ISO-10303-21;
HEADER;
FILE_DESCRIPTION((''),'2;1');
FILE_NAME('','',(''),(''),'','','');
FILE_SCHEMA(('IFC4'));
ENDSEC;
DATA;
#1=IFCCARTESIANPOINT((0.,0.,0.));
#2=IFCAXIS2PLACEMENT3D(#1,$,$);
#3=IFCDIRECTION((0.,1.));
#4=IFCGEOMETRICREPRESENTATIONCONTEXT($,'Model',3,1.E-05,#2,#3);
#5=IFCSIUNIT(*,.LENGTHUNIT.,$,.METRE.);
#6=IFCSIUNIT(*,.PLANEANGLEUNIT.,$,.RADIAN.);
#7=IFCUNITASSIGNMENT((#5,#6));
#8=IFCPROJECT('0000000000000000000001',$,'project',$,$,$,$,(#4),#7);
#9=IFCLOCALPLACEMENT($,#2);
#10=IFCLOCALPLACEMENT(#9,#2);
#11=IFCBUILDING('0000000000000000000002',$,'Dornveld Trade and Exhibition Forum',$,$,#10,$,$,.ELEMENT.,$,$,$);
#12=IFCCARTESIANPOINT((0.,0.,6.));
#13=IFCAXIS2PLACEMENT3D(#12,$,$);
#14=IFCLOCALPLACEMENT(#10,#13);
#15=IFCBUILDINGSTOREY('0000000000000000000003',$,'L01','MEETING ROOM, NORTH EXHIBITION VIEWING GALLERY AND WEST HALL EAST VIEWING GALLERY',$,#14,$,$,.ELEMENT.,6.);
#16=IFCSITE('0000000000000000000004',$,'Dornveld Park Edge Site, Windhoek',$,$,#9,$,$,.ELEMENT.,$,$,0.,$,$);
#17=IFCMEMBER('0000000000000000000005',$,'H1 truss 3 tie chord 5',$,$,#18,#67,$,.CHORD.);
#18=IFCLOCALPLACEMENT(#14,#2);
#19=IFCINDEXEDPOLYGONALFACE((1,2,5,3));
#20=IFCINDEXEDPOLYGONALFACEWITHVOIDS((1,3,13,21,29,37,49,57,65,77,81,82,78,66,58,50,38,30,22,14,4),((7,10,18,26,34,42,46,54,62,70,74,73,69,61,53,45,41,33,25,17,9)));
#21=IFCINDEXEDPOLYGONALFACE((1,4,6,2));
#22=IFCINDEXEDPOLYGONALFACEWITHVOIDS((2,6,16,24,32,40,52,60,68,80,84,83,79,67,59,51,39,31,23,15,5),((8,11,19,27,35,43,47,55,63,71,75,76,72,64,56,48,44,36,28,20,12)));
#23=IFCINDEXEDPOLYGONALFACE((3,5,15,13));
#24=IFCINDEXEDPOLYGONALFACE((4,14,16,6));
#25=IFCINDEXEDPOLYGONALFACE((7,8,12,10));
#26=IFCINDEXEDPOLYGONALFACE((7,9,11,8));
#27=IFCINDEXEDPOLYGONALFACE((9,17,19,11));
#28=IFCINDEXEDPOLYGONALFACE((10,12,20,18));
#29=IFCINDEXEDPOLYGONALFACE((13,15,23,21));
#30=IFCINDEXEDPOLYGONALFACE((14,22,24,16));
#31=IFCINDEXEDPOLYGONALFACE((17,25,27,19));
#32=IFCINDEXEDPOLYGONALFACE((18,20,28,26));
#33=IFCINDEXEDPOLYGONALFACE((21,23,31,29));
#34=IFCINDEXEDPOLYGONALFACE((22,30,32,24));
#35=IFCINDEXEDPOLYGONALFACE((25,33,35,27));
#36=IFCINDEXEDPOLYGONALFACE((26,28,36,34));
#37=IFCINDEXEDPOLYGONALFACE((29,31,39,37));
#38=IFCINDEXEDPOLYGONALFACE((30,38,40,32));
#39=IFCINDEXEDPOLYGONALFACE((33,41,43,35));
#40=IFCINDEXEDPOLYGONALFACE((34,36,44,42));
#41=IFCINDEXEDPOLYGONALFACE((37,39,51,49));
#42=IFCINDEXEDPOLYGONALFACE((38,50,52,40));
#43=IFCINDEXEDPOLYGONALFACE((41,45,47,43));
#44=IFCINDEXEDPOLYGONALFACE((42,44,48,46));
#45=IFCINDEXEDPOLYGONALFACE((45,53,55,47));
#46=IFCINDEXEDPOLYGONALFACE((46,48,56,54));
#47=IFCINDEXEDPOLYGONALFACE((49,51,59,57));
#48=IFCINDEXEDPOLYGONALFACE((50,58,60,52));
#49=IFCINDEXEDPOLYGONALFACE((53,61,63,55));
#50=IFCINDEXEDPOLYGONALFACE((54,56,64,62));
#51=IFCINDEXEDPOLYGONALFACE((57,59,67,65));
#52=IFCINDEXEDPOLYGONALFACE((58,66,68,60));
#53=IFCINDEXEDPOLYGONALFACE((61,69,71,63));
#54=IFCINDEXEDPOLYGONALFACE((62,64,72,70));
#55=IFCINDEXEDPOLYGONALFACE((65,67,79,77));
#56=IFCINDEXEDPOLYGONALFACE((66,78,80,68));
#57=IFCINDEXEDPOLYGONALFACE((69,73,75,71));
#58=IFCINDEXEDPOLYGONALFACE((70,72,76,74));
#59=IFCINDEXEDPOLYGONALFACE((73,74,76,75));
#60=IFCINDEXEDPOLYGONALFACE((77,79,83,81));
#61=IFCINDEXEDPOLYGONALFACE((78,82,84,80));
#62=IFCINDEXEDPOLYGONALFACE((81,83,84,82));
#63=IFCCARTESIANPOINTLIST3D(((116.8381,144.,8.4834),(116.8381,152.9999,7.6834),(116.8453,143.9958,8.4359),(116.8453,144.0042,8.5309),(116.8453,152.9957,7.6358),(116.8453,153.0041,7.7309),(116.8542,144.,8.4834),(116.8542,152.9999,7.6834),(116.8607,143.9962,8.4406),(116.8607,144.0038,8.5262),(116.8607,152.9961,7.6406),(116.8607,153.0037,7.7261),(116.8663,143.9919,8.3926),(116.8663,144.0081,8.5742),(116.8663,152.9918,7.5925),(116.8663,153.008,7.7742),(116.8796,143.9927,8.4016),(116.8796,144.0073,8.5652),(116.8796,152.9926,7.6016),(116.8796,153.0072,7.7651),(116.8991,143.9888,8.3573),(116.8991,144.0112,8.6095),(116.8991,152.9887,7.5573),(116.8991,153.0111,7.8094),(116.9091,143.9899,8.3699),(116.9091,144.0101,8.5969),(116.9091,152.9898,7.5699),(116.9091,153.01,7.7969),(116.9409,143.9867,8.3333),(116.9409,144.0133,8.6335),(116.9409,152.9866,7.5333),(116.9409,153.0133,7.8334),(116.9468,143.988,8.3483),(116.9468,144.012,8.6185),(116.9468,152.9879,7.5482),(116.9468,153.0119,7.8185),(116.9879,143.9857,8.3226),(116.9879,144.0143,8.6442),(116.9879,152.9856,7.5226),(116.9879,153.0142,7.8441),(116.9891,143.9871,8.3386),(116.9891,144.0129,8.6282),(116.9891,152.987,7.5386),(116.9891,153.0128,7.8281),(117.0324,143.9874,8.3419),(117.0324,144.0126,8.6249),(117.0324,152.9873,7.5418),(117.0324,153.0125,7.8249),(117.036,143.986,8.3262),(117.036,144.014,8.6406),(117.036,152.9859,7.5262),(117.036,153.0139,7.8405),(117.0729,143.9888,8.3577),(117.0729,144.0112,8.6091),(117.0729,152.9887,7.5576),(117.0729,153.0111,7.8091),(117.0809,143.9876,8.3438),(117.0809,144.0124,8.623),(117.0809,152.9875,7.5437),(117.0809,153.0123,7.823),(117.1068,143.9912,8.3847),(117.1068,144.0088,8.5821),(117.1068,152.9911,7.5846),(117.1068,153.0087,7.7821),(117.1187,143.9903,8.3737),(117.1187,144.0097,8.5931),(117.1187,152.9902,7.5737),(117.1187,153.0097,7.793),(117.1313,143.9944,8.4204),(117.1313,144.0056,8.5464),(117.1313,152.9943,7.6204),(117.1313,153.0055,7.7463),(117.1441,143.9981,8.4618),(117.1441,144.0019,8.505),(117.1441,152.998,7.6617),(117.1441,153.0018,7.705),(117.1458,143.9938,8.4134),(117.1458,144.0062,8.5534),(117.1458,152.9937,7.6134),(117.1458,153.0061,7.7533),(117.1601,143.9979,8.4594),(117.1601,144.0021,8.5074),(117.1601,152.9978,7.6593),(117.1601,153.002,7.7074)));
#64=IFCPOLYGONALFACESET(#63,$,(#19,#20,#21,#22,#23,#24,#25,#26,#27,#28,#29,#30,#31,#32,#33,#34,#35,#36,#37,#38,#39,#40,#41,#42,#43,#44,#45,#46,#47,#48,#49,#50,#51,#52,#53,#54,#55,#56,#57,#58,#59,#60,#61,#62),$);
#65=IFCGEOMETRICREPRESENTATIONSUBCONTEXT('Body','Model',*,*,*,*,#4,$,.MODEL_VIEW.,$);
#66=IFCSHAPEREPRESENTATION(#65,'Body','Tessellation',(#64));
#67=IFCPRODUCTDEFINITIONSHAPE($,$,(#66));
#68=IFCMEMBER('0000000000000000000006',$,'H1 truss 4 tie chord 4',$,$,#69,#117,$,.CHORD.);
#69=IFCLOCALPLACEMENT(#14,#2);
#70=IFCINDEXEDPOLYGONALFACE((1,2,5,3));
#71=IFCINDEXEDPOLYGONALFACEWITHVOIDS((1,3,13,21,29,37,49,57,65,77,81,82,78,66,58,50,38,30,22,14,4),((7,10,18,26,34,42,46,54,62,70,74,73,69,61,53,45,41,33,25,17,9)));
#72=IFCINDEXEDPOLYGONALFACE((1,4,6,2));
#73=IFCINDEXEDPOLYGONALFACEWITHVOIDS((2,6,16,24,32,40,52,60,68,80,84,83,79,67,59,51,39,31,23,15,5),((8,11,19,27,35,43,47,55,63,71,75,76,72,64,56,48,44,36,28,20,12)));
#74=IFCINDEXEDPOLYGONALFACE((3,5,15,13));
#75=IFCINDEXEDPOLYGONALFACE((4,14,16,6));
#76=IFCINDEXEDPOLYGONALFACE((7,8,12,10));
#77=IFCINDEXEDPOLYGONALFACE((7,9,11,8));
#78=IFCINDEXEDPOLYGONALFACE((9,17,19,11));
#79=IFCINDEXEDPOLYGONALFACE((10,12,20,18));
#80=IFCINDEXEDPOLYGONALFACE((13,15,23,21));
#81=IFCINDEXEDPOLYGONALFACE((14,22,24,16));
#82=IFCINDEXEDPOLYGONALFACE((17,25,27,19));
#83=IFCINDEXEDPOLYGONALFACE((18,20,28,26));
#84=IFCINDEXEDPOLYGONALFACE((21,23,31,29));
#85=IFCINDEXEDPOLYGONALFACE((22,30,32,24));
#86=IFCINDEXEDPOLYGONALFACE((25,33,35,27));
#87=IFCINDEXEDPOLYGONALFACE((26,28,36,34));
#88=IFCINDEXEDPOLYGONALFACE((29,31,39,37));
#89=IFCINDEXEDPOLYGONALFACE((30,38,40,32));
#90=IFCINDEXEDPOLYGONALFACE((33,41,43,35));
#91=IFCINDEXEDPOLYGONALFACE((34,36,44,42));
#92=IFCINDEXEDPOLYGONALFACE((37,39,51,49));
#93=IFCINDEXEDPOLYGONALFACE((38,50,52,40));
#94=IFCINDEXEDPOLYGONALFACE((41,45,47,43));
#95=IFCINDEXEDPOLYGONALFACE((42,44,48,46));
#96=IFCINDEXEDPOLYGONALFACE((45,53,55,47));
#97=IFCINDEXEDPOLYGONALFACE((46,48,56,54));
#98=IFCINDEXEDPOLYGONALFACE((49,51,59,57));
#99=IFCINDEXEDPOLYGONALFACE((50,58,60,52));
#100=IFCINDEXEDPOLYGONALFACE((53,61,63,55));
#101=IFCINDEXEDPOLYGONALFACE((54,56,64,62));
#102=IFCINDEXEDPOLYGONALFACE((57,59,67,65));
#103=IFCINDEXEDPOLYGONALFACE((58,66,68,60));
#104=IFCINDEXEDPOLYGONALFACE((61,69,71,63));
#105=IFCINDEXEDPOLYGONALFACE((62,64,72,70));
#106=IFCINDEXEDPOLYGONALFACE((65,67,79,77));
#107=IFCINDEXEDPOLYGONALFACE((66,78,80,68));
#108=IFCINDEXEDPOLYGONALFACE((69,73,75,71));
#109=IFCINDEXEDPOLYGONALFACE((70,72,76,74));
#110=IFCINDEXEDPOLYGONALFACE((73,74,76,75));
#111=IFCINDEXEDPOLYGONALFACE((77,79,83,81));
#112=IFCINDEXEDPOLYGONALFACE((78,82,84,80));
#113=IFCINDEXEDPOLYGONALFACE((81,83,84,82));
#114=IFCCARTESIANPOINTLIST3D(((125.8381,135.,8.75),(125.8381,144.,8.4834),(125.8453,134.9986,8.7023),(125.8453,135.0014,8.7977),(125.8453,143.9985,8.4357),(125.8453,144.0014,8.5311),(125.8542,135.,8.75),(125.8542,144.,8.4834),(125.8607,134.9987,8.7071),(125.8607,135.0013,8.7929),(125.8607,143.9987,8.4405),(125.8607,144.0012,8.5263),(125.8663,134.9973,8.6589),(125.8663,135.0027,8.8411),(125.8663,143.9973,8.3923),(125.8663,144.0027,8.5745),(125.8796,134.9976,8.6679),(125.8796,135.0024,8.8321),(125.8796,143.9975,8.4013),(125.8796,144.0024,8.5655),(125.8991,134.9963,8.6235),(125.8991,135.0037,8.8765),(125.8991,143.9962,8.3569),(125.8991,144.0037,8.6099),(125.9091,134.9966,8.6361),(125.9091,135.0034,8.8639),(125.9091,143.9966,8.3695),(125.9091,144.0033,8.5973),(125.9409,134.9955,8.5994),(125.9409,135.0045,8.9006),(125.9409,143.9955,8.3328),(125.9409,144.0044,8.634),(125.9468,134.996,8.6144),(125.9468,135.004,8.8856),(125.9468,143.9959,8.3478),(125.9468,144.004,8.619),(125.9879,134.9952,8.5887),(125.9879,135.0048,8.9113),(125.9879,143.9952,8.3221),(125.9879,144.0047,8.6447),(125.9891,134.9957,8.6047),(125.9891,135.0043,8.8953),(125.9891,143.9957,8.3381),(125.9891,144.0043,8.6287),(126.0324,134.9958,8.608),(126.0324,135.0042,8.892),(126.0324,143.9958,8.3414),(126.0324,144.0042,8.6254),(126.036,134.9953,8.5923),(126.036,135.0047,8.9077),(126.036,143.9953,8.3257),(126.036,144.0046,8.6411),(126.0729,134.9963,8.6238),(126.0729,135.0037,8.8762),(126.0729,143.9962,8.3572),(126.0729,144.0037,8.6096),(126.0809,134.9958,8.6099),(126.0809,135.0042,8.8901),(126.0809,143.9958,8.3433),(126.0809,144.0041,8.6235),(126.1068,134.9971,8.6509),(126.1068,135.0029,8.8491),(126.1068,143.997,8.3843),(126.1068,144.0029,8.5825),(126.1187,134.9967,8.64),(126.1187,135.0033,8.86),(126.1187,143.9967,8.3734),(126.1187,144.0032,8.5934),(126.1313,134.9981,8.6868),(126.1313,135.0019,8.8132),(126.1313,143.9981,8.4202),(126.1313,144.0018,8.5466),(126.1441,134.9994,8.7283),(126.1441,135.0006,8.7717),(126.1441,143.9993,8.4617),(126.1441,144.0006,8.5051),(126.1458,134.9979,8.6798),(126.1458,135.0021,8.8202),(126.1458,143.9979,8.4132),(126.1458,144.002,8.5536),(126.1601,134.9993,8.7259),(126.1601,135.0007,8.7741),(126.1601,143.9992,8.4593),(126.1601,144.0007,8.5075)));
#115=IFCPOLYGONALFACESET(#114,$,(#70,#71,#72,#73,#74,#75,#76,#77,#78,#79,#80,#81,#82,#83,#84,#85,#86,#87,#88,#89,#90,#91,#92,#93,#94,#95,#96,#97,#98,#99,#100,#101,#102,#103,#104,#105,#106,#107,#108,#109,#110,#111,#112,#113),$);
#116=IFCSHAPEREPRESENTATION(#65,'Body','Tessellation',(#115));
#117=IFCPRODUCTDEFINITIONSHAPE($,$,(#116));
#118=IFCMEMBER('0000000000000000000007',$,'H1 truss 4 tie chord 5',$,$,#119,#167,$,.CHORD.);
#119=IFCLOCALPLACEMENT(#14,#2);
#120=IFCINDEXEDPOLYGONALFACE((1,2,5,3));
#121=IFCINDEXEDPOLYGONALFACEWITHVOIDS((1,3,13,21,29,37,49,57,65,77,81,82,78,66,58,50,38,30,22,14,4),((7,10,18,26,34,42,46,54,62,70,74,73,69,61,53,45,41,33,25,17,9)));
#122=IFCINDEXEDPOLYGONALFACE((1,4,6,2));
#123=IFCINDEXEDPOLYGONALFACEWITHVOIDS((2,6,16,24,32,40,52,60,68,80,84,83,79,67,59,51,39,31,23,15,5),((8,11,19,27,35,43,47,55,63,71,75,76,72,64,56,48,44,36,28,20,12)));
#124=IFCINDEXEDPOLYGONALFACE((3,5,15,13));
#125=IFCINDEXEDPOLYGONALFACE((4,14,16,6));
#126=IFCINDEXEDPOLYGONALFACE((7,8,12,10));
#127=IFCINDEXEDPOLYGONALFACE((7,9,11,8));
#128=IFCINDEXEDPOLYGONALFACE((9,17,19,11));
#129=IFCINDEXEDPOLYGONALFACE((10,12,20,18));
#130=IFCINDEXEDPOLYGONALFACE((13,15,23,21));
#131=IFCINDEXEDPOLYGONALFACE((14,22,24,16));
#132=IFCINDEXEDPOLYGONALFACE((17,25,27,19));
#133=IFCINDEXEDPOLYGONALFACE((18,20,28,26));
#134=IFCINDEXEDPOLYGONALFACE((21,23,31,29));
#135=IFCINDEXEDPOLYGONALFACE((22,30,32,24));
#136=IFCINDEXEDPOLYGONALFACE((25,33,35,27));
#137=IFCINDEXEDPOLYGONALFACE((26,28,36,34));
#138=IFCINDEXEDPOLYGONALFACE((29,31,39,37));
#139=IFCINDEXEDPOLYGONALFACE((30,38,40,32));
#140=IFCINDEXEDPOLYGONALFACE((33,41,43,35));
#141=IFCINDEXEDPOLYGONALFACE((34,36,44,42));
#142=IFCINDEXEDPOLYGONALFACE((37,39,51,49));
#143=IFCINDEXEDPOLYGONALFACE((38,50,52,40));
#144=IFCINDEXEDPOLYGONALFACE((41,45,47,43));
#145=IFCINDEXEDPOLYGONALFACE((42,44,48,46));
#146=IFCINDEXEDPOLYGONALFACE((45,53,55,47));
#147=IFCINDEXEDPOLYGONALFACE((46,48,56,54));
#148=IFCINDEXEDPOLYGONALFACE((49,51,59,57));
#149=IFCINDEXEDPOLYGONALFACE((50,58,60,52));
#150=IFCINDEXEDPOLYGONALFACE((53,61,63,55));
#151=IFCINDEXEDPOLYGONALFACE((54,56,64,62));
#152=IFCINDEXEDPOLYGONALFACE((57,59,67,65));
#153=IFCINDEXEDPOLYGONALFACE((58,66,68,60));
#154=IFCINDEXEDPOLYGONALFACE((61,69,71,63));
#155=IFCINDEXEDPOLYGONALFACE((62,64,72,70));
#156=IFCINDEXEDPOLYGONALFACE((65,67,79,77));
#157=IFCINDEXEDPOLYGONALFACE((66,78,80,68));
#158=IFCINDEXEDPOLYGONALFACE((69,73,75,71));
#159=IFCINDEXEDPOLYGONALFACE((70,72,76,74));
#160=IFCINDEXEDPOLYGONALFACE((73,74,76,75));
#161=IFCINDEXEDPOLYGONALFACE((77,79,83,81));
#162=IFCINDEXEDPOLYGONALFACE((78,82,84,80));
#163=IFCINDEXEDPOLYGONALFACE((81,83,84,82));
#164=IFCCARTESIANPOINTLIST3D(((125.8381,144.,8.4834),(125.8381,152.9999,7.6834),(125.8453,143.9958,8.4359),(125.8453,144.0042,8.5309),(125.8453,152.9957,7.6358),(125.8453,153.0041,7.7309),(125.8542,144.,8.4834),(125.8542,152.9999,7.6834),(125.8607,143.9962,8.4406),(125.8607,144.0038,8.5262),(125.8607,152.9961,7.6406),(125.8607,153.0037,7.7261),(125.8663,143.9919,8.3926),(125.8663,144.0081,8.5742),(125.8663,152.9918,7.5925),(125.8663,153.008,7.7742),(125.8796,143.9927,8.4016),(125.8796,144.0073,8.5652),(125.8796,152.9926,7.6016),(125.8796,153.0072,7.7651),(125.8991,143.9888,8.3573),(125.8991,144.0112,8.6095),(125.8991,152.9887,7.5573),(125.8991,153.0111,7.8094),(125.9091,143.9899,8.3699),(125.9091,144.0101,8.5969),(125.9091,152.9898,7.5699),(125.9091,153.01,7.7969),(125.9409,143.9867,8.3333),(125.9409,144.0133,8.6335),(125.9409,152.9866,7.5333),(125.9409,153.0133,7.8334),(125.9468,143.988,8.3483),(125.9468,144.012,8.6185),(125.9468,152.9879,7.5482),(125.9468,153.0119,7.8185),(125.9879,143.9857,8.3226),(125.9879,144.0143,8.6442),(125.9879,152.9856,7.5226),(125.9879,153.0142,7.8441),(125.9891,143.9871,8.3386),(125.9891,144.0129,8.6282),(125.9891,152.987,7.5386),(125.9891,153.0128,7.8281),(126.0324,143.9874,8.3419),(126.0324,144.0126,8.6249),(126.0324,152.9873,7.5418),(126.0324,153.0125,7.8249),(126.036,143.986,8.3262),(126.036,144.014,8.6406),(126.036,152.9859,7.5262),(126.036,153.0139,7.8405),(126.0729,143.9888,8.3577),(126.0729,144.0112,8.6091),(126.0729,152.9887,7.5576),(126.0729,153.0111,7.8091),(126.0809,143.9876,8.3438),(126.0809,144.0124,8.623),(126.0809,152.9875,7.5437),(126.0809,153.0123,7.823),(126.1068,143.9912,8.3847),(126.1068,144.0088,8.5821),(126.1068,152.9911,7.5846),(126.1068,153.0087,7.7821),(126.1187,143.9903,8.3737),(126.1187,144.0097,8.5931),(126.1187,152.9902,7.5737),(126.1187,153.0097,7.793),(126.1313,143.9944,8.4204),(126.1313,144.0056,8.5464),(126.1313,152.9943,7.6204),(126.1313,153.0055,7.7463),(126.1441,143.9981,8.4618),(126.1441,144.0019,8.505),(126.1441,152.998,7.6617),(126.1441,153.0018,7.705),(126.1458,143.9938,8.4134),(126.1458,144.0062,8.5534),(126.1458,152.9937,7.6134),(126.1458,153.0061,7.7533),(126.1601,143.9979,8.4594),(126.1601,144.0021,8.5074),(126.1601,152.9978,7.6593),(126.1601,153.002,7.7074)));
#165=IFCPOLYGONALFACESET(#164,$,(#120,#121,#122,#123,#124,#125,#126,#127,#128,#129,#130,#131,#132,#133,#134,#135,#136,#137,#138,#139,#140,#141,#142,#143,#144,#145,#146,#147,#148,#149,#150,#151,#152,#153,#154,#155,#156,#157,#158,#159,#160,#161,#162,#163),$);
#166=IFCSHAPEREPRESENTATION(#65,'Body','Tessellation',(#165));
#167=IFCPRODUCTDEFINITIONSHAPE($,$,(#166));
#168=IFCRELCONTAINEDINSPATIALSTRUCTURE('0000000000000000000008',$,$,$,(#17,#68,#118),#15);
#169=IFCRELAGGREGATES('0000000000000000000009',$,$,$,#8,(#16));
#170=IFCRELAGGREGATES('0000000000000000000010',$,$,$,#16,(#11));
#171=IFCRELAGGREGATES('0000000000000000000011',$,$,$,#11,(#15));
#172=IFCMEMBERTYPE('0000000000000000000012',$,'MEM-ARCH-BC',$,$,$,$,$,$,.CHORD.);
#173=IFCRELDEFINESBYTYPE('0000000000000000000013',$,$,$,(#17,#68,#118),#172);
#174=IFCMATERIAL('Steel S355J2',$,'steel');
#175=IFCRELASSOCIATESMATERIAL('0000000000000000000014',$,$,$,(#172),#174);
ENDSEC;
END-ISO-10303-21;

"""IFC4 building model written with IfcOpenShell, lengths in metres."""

from ifc_helpers import new_model, si_unit, direction, frame, origin, origin_2d, place, context, subcontext, project, spatial, hollow_circle, extrude, material, material_profile, profile_set, type_object, element, save


model = new_model("IFC4")

# Units and contexts
model_context = context("Model", 3, precision=1e-05, world=origin(), true_north=direction((0.0, 1.0)))
body_context = subcontext(model_context, "Body", "Model", "MODEL_VIEW")
ifc_project = project(units=[si_unit("LENGTHUNIT", "METRE"), si_unit("PLANEANGLEUNIT", "RADIAN")], contexts=[model_context])

# Site, building, storey
site_placement = place(None, origin())
site = spatial("IfcSite", under=ifc_project, at=site_placement, Name="Dornveld Park Edge Site, Windhoek", CompositionType="ELEMENT", RefElevation=0.0)
building_placement = place(site_placement, origin())
building = spatial("IfcBuilding", under=site, at=building_placement, Name="Dornveld Trade and Exhibition Forum", CompositionType="ELEMENT")
storey_placement = place(building_placement, frame((0.0, 0.0, 6.0)))
storey = spatial("IfcBuildingStorey", under=building, at=storey_placement, Name="L01", Description="MEETING ROOM, NORTH EXHIBITION VIEWING GALLERY AND WEST HALL EAST VIEWING GALLERY", CompositionType="ELEMENT", Elevation=6.0)

# Members
ifc_material_1 = material(Name="Steel S355J2", Category="steel")
ifc_material_profile_1 = material_profile(ifc_material_1, hollow_circle(Radius=0.1619, WallThickness=0.0161, at=origin_2d()), Name="CHS 323.9x16")
ifc_profile_set_1 = profile_set([ifc_material_profile_1], Name="Steel S355J2")
member_type_1 = type_object("IfcMemberType", Name="MEM-ARCH-BC", PredefinedType="CHORD", material=ifc_profile_set_1)
member_1_placement = place(storey_placement, frame((117.0, 144.0, 8.4834), z_axis=(0.0, 0.996072, -0.088545), x_axis=(-1.0, 0.0, 0.0)))
element("IfcMember", 1, at=member_1_placement, inside=storey, type_object=member_type_1, Name="H1 truss 3 tie chord 5", PredefinedType="CHORD", context=body_context, shape_type="SweptSolid", body=[
    extrude(hollow_circle(Radius=0.1619, WallThickness=0.0161, at=origin_2d()), origin(), (0.0, 0.0, 1.0), 9.0354),
])
member_2_placement = place(storey_placement, frame((126.0, 135.0, 8.75), z_axis=(0.0, 0.999562, -0.029609), x_axis=(-1.0, 0.0, 0.0)))
element("IfcMember", 2, at=member_2_placement, inside=storey, type_object=member_type_1, Name="H1 truss 4 tie chord 4", PredefinedType="CHORD", context=body_context, shape_type="SweptSolid", body=[
    extrude(hollow_circle(Radius=0.1619, WallThickness=0.0161, at=origin_2d()), origin(), (0.0, 0.0, 1.0), 9.0039),
])
member_3_placement = place(storey_placement, frame((126.0, 144.0, 8.4834), z_axis=(0.0, 0.996072, -0.088545), x_axis=(-1.0, 0.0, 0.0)))
element("IfcMember", 3, at=member_3_placement, inside=storey, type_object=member_type_1, Name="H1 truss 4 tie chord 5", PredefinedType="CHORD", context=body_context, shape_type="SweptSolid", body=[
    extrude(hollow_circle(Radius=0.1619, WallThickness=0.0161, at=origin_2d()), origin(), (0.0, 0.0, 1.0), 9.0354),
])

save(model, "model.ifc")
